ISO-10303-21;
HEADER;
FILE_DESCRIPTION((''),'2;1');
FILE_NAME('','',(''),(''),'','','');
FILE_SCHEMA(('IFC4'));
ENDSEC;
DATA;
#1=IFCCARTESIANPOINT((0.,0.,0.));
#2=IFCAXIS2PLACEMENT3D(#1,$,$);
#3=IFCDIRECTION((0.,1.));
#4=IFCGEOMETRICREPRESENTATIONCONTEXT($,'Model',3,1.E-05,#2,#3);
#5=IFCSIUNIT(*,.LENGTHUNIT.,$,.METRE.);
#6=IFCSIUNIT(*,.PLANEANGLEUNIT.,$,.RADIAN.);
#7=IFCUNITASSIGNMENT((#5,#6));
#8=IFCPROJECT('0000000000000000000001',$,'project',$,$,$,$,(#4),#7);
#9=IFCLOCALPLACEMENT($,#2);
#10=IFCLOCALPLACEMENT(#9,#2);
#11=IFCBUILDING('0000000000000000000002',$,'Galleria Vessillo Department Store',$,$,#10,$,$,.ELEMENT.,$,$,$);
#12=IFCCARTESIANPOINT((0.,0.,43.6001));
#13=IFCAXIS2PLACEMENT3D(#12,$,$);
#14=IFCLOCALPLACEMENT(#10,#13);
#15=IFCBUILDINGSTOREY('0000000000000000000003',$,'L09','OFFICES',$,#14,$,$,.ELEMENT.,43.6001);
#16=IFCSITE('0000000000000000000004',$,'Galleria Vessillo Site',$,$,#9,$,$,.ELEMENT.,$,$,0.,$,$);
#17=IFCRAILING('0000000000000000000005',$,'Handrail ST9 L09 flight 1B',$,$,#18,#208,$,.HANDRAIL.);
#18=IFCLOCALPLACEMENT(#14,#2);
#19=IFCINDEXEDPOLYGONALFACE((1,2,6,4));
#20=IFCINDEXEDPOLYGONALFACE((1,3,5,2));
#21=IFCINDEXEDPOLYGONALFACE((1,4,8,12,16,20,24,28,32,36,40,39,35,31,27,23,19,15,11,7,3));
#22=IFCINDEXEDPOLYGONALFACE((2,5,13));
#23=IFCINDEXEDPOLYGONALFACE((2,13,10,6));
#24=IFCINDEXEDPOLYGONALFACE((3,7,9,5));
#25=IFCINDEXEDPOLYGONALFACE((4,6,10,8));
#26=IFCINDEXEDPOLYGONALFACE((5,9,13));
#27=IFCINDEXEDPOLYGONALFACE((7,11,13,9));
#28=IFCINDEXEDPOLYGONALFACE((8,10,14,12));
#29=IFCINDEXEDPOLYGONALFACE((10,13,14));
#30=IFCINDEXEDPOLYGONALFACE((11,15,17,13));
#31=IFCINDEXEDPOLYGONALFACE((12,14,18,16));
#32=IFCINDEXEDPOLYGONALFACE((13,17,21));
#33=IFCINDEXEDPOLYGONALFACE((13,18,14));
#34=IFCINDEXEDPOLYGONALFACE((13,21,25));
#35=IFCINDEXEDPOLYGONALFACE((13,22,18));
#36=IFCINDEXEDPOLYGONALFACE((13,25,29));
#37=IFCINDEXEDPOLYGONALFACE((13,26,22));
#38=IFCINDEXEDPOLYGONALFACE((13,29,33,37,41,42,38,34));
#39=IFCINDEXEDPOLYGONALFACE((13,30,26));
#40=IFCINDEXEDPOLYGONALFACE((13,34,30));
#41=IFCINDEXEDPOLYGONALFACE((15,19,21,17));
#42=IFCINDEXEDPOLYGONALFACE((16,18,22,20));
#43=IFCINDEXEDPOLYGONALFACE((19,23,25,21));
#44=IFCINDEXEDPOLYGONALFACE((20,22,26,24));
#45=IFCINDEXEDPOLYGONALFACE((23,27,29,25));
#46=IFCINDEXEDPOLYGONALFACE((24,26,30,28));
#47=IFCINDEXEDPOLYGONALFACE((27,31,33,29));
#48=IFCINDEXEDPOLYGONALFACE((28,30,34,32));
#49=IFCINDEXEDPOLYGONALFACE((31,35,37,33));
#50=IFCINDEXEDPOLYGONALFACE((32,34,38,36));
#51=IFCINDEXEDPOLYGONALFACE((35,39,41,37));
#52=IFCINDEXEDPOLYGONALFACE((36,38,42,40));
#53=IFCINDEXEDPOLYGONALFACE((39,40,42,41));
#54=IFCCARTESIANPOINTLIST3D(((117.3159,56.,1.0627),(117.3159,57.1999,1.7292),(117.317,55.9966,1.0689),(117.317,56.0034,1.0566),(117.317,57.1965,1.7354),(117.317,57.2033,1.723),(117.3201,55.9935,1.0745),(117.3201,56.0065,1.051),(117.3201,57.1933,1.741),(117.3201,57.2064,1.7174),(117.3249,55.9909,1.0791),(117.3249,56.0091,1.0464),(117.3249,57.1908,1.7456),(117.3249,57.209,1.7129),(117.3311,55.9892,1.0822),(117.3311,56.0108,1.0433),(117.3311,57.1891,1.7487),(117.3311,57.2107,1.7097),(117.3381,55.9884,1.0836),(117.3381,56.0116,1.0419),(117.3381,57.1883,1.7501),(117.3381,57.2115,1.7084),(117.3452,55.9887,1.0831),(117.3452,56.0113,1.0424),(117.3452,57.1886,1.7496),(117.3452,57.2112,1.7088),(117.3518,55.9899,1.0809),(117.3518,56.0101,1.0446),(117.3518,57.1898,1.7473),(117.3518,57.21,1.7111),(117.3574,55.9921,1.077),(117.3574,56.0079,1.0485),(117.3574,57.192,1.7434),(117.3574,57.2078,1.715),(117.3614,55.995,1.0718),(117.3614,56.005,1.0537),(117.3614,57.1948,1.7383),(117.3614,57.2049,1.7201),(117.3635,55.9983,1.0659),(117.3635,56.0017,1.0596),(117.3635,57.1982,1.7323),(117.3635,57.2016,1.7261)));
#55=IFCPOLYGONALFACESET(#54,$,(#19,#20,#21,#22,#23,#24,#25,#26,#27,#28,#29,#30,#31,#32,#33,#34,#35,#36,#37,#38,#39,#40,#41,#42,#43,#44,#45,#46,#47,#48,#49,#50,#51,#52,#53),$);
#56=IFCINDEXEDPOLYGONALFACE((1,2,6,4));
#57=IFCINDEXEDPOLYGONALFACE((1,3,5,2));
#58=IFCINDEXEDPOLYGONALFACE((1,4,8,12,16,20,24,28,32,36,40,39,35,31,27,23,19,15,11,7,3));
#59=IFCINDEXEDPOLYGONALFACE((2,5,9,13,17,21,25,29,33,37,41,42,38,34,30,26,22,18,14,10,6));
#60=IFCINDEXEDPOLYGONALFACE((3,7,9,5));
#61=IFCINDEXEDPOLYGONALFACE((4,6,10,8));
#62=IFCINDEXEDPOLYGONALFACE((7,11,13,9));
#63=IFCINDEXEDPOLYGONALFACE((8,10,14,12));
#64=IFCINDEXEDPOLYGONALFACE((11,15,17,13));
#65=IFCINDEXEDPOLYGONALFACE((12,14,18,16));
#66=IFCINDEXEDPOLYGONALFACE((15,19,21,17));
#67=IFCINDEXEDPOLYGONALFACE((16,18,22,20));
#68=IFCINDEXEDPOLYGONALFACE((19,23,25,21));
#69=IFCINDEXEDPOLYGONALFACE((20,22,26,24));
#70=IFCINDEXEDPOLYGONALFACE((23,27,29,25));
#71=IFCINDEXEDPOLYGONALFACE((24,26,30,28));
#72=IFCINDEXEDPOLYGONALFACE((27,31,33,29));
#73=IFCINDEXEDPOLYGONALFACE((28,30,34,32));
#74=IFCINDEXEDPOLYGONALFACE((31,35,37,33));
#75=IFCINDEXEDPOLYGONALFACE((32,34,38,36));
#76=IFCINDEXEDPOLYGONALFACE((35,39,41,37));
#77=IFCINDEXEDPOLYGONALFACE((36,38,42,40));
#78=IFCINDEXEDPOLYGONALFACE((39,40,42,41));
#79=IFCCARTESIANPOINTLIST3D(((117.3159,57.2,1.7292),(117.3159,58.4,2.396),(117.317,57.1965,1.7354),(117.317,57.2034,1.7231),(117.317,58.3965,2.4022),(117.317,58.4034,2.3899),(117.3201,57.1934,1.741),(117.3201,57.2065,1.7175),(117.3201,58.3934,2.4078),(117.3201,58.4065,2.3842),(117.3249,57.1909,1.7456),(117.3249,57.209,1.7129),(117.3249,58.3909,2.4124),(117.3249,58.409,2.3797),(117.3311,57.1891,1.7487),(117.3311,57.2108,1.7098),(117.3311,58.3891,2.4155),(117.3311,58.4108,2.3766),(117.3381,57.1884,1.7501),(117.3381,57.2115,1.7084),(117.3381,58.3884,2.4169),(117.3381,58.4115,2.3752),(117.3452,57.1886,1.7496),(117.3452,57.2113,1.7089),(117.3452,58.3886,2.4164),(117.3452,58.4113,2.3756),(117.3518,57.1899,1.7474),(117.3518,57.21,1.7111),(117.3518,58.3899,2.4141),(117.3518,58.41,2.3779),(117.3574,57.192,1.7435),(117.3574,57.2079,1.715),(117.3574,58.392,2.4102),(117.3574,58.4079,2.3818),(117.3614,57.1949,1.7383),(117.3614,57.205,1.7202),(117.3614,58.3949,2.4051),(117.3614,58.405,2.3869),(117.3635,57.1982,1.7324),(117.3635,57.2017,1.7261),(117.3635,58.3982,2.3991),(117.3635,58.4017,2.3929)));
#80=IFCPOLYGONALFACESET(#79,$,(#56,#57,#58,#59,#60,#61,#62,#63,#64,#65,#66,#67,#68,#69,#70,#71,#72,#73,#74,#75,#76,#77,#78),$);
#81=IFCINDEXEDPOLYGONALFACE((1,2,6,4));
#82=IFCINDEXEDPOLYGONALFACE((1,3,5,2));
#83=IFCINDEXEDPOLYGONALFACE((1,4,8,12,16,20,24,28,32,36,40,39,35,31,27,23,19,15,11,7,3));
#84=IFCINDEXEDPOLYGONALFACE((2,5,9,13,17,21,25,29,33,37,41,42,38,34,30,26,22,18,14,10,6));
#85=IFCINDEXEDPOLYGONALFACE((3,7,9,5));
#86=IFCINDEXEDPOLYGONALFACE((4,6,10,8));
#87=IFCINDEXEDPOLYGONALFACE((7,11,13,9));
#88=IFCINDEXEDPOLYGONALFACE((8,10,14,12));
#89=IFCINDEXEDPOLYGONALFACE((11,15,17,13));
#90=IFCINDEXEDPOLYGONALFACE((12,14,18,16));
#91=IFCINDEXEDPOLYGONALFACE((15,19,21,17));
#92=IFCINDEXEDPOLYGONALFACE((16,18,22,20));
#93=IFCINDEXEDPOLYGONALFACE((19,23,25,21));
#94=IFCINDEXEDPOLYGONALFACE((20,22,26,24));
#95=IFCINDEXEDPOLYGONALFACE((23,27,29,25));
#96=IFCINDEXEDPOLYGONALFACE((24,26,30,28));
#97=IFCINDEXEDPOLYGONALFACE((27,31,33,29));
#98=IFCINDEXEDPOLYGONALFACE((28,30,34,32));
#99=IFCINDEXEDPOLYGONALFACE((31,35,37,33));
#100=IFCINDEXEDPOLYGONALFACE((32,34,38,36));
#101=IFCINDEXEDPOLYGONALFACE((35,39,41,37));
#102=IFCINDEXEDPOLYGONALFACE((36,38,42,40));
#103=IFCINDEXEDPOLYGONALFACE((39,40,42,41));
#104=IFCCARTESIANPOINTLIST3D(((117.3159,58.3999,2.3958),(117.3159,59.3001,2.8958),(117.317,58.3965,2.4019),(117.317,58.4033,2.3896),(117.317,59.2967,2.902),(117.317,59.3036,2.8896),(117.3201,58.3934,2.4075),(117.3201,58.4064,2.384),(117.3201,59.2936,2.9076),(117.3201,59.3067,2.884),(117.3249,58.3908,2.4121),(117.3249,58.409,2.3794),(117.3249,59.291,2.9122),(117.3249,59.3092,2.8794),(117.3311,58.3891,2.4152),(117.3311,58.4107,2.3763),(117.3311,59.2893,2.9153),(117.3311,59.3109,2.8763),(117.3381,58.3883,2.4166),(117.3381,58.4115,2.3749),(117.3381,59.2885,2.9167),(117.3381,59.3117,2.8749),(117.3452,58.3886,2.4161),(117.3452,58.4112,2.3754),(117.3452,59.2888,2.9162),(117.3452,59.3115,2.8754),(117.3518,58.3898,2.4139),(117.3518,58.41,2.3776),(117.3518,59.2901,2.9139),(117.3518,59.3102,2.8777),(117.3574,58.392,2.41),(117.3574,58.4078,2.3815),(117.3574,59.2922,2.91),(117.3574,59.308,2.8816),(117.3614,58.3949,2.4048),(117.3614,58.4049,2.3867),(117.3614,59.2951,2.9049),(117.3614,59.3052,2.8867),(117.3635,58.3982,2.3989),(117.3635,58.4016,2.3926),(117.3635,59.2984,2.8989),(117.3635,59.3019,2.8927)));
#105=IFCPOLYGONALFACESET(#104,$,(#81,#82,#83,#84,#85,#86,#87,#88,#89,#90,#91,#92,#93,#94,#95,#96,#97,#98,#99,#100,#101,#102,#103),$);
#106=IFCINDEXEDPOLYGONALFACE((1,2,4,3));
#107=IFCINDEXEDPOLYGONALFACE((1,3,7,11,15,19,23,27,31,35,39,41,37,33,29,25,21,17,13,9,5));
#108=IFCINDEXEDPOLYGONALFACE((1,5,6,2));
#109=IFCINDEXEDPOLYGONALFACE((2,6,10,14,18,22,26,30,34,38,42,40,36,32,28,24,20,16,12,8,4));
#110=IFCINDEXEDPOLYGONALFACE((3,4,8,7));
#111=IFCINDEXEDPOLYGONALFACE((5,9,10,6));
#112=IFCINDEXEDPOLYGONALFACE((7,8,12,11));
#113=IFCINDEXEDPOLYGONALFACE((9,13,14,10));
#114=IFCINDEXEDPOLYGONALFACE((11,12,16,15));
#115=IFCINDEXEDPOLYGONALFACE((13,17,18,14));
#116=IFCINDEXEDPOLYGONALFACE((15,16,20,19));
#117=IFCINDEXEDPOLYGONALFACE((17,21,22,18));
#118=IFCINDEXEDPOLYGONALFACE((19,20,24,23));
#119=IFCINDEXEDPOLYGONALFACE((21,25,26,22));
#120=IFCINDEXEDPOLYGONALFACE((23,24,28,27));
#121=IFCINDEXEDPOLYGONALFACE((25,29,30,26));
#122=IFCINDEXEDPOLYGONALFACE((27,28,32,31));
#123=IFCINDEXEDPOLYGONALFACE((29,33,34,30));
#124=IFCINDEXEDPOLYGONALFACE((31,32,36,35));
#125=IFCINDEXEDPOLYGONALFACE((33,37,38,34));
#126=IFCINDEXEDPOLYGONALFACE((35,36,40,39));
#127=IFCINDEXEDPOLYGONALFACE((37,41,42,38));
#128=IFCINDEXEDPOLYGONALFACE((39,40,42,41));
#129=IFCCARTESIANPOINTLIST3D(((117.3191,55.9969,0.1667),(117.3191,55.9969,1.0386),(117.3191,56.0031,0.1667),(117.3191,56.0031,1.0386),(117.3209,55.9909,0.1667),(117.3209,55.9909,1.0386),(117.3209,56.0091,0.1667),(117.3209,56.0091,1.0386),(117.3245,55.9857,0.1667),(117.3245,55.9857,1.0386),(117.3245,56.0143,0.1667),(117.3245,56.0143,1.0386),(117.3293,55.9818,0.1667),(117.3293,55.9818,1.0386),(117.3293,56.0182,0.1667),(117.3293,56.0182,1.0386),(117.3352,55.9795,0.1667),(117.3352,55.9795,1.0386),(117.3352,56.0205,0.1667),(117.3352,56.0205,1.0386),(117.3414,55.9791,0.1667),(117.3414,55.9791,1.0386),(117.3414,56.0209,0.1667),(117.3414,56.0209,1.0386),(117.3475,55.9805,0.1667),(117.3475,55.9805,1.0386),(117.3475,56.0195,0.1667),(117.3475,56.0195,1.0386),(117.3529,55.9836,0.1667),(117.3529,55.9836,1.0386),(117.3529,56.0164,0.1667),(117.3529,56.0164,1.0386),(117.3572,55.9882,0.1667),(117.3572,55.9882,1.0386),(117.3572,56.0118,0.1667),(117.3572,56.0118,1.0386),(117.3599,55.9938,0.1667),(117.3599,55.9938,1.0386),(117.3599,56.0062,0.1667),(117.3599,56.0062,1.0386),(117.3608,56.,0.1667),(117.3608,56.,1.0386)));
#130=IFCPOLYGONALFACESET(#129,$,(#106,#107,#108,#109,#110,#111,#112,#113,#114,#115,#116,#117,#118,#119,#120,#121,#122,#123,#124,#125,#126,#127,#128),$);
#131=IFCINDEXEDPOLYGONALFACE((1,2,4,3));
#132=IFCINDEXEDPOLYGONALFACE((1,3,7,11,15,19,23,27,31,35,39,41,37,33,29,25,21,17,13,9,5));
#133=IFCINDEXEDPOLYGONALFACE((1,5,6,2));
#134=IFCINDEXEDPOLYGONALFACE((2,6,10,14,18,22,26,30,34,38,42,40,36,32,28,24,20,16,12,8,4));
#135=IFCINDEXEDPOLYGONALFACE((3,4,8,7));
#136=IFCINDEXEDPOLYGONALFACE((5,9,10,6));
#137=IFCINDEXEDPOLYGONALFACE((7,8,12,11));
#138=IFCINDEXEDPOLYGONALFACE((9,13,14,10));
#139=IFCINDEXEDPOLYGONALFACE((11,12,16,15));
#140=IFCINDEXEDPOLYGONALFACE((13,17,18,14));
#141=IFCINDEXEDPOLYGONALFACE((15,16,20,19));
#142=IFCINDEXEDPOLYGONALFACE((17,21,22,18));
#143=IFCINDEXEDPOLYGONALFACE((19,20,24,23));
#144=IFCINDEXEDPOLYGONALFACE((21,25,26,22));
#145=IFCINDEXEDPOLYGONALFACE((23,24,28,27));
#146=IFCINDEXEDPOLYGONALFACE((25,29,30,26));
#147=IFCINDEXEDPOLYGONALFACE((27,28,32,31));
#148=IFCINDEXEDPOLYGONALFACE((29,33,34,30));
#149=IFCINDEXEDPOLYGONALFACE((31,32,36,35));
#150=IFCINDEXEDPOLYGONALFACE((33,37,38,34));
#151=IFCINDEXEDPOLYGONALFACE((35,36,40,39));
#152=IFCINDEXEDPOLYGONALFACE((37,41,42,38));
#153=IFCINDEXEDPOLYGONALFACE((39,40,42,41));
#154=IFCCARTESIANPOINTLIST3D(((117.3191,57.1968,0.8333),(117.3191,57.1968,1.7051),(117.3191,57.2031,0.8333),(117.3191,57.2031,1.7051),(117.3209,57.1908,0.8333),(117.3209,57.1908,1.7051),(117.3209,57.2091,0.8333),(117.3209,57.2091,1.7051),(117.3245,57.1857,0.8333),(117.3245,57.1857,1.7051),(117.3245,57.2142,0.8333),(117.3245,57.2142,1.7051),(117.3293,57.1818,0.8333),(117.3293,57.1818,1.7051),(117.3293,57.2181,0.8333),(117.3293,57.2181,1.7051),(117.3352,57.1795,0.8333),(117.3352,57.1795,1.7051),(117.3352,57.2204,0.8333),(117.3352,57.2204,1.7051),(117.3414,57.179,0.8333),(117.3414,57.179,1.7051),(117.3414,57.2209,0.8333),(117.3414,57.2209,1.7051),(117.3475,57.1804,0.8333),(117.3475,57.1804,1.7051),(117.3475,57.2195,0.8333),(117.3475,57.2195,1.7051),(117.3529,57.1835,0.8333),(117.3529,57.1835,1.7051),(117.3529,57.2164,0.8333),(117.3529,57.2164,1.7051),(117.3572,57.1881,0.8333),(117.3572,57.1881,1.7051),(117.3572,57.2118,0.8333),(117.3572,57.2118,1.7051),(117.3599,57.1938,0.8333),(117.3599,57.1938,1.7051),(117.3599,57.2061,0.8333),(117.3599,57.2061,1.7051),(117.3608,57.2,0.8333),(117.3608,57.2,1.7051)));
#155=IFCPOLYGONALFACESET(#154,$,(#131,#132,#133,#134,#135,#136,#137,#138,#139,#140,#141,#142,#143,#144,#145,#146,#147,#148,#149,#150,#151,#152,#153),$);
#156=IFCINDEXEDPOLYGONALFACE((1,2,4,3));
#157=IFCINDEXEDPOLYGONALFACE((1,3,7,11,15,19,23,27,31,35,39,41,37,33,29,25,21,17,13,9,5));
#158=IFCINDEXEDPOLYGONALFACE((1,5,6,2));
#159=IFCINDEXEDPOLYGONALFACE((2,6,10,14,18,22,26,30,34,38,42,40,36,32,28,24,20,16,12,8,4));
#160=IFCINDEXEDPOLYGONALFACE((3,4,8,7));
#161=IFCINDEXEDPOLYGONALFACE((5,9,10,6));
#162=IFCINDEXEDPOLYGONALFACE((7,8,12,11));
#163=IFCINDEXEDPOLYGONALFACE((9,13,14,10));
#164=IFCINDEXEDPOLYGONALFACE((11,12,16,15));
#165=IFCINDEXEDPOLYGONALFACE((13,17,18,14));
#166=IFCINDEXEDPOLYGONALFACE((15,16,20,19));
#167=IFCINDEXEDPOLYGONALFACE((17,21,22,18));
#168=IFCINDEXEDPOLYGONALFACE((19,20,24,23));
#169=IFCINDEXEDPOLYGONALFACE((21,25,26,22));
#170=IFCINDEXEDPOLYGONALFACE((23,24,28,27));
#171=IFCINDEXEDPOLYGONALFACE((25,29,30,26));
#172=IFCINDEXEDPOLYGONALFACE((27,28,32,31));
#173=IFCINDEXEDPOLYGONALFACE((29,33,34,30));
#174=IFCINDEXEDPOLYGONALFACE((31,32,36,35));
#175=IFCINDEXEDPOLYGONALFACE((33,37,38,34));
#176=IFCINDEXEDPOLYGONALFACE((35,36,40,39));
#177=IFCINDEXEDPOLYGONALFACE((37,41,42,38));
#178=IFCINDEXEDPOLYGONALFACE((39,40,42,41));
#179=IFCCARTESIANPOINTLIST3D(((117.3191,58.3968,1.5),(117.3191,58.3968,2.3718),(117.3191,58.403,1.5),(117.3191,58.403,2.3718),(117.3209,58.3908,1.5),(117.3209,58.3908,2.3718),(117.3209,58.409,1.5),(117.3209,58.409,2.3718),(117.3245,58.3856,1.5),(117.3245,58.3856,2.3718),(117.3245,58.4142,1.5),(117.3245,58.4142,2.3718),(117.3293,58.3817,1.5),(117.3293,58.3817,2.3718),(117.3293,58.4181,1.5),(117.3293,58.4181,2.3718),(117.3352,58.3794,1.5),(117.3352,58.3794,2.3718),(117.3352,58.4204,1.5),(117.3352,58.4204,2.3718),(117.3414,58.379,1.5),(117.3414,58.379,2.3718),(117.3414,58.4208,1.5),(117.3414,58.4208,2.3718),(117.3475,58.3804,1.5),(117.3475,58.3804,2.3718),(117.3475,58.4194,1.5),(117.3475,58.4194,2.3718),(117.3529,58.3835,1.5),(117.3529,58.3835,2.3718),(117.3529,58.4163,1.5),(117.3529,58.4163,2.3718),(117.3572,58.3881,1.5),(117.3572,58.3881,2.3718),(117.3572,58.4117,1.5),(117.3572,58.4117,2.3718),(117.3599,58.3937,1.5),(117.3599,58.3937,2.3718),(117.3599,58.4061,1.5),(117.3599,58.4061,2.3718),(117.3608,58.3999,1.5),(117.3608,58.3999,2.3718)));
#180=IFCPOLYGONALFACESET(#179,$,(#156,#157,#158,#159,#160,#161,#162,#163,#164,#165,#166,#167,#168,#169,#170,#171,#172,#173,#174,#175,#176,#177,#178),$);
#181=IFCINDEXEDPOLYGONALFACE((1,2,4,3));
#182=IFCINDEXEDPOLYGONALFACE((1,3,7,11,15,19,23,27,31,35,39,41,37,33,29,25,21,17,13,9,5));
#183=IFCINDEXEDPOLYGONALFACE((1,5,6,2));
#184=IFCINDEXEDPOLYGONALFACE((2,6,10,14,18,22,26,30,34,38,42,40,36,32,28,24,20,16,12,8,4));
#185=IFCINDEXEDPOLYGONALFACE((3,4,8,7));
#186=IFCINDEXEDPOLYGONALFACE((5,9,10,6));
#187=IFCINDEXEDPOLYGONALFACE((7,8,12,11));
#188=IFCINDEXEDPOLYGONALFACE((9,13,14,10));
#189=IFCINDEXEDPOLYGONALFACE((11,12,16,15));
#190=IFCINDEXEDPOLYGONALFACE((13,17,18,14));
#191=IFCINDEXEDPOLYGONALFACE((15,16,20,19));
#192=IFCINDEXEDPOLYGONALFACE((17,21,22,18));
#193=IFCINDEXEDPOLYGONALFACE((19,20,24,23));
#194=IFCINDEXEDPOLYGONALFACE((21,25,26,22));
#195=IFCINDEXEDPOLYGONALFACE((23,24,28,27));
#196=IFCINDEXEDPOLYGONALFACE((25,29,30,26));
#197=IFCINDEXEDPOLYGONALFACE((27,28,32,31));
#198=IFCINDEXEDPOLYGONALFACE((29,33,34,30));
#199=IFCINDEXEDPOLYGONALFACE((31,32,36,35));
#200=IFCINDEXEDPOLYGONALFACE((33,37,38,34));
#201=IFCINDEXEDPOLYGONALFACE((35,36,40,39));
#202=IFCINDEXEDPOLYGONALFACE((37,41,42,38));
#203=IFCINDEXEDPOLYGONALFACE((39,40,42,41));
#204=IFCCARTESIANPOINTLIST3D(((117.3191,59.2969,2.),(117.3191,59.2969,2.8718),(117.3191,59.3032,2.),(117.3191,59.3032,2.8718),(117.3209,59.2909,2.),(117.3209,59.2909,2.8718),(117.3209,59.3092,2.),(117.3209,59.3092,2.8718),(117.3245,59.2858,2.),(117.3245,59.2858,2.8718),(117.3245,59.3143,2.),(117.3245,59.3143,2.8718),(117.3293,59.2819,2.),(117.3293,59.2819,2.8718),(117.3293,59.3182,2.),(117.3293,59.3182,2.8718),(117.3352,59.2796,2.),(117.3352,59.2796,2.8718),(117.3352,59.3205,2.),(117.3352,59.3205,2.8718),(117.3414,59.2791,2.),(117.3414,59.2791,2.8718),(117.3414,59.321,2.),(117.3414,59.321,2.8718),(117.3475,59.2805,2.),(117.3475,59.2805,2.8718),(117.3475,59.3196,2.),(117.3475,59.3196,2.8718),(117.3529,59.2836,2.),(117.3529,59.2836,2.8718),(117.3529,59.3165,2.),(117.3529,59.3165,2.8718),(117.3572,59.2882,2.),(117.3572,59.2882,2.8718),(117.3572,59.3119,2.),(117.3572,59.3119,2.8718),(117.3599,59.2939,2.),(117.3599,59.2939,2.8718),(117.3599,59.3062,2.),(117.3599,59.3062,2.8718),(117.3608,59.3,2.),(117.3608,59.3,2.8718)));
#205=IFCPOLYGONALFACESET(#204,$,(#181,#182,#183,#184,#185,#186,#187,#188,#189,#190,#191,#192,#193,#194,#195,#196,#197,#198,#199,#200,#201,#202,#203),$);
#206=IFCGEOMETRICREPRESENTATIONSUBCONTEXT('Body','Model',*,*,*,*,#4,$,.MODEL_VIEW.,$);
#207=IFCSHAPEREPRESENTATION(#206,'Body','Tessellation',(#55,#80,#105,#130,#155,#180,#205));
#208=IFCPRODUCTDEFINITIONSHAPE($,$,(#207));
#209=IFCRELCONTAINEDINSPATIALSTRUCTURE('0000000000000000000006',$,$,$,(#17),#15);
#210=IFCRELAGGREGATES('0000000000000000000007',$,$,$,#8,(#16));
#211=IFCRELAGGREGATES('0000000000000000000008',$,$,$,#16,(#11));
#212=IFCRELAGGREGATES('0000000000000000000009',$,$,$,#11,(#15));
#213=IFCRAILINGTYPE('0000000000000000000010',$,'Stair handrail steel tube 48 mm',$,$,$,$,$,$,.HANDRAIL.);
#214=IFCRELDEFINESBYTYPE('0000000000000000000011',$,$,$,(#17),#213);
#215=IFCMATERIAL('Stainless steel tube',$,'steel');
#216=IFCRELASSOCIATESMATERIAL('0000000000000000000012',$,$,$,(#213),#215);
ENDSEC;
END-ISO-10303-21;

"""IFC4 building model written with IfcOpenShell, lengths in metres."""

from ifc_helpers import new_model, si_unit, direction, frame, origin, origin_2d, place, context, subcontext, project, spatial, circle, extrude, material, type_object, element, save


model = new_model("IFC4")

# Units and contexts
model_context = context("Model", 3, precision=1e-05, world=origin(), true_north=direction((0.0, 1.0)))
body_context = subcontext(model_context, "Body", "Model", "MODEL_VIEW")
ifc_project = project(units=[si_unit("LENGTHUNIT", "METRE"), si_unit("PLANEANGLEUNIT", "RADIAN")], contexts=[model_context])

# Site, building, storey
site_placement = place(None, origin())
site = spatial("IfcSite", under=ifc_project, at=site_placement, Name="Galleria Vessillo Site", CompositionType="ELEMENT", RefElevation=0.0)
building_placement = place(site_placement, origin())
building = spatial("IfcBuilding", under=site, at=building_placement, Name="Galleria Vessillo Department Store", CompositionType="ELEMENT")
storey_placement = place(building_placement, frame((0.0, 0.0, 43.6001)))
storey = spatial("IfcBuildingStorey", under=building, at=storey_placement, Name="L09", Description="OFFICES", CompositionType="ELEMENT", Elevation=43.6001)

# Railing
ifc_material_1 = material(Name="Stainless steel tube", Category="steel")
railing_type = type_object("IfcRailingType", Name="Stair handrail steel tube 48 mm", PredefinedType="HANDRAIL", material=ifc_material_1)
railing_placement = place(storey_placement, frame((117.3398, 56.0, 0.1667)))
element("IfcRailing", 1, at=railing_placement, inside=storey, type_object=railing_type, Name="Handrail ST9 L09 flight 1B", PredefinedType="HANDRAIL", context=body_context, shape_type="SweptSolid", body=[
    extrude(circle(Radius=0.0239, at=origin_2d()), frame((0.0, 0.0, 0.896), z_axis=(0.0, 0.874199, 0.485567), x_axis=(-1.0, 0.0, 0.0)), (0.0, 0.0, 1.0), 1.3726),
    extrude(circle(Radius=0.0239, at=origin_2d()), frame((0.0, 1.2, 1.5625), z_axis=(0.0, 0.874124, 0.485703), x_axis=(-1.0, 0.0, 0.0)), (0.0, 0.0, 1.0), 1.3728),
    extrude(circle(Radius=0.0239, at=origin_2d()), frame((0.0, 2.3999, 2.229), z_axis=(0.0, 0.874191, 0.485583), x_axis=(-1.0, 0.0, 0.0)), (0.0, 0.0, 1.0), 1.0298),
    extrude(circle(Radius=0.021, at=origin_2d()), origin(), (0.0, 0.0, 1.0), 0.8718),
    extrude(circle(Radius=0.021, at=origin_2d()), frame((0.0, 1.2, 0.6665)), (0.0, 0.0, 1.0), 0.8718),
    extrude(circle(Radius=0.021, at=origin_2d()), frame((0.0, 2.3999, 1.3333)), (0.0, 0.0, 1.0), 0.8718),
    extrude(circle(Radius=0.021, at=origin_2d()), frame((0.0, 3.3, 1.8333)), (0.0, 0.0, 1.0), 0.8718),
])

save(model, "model.ifc")
